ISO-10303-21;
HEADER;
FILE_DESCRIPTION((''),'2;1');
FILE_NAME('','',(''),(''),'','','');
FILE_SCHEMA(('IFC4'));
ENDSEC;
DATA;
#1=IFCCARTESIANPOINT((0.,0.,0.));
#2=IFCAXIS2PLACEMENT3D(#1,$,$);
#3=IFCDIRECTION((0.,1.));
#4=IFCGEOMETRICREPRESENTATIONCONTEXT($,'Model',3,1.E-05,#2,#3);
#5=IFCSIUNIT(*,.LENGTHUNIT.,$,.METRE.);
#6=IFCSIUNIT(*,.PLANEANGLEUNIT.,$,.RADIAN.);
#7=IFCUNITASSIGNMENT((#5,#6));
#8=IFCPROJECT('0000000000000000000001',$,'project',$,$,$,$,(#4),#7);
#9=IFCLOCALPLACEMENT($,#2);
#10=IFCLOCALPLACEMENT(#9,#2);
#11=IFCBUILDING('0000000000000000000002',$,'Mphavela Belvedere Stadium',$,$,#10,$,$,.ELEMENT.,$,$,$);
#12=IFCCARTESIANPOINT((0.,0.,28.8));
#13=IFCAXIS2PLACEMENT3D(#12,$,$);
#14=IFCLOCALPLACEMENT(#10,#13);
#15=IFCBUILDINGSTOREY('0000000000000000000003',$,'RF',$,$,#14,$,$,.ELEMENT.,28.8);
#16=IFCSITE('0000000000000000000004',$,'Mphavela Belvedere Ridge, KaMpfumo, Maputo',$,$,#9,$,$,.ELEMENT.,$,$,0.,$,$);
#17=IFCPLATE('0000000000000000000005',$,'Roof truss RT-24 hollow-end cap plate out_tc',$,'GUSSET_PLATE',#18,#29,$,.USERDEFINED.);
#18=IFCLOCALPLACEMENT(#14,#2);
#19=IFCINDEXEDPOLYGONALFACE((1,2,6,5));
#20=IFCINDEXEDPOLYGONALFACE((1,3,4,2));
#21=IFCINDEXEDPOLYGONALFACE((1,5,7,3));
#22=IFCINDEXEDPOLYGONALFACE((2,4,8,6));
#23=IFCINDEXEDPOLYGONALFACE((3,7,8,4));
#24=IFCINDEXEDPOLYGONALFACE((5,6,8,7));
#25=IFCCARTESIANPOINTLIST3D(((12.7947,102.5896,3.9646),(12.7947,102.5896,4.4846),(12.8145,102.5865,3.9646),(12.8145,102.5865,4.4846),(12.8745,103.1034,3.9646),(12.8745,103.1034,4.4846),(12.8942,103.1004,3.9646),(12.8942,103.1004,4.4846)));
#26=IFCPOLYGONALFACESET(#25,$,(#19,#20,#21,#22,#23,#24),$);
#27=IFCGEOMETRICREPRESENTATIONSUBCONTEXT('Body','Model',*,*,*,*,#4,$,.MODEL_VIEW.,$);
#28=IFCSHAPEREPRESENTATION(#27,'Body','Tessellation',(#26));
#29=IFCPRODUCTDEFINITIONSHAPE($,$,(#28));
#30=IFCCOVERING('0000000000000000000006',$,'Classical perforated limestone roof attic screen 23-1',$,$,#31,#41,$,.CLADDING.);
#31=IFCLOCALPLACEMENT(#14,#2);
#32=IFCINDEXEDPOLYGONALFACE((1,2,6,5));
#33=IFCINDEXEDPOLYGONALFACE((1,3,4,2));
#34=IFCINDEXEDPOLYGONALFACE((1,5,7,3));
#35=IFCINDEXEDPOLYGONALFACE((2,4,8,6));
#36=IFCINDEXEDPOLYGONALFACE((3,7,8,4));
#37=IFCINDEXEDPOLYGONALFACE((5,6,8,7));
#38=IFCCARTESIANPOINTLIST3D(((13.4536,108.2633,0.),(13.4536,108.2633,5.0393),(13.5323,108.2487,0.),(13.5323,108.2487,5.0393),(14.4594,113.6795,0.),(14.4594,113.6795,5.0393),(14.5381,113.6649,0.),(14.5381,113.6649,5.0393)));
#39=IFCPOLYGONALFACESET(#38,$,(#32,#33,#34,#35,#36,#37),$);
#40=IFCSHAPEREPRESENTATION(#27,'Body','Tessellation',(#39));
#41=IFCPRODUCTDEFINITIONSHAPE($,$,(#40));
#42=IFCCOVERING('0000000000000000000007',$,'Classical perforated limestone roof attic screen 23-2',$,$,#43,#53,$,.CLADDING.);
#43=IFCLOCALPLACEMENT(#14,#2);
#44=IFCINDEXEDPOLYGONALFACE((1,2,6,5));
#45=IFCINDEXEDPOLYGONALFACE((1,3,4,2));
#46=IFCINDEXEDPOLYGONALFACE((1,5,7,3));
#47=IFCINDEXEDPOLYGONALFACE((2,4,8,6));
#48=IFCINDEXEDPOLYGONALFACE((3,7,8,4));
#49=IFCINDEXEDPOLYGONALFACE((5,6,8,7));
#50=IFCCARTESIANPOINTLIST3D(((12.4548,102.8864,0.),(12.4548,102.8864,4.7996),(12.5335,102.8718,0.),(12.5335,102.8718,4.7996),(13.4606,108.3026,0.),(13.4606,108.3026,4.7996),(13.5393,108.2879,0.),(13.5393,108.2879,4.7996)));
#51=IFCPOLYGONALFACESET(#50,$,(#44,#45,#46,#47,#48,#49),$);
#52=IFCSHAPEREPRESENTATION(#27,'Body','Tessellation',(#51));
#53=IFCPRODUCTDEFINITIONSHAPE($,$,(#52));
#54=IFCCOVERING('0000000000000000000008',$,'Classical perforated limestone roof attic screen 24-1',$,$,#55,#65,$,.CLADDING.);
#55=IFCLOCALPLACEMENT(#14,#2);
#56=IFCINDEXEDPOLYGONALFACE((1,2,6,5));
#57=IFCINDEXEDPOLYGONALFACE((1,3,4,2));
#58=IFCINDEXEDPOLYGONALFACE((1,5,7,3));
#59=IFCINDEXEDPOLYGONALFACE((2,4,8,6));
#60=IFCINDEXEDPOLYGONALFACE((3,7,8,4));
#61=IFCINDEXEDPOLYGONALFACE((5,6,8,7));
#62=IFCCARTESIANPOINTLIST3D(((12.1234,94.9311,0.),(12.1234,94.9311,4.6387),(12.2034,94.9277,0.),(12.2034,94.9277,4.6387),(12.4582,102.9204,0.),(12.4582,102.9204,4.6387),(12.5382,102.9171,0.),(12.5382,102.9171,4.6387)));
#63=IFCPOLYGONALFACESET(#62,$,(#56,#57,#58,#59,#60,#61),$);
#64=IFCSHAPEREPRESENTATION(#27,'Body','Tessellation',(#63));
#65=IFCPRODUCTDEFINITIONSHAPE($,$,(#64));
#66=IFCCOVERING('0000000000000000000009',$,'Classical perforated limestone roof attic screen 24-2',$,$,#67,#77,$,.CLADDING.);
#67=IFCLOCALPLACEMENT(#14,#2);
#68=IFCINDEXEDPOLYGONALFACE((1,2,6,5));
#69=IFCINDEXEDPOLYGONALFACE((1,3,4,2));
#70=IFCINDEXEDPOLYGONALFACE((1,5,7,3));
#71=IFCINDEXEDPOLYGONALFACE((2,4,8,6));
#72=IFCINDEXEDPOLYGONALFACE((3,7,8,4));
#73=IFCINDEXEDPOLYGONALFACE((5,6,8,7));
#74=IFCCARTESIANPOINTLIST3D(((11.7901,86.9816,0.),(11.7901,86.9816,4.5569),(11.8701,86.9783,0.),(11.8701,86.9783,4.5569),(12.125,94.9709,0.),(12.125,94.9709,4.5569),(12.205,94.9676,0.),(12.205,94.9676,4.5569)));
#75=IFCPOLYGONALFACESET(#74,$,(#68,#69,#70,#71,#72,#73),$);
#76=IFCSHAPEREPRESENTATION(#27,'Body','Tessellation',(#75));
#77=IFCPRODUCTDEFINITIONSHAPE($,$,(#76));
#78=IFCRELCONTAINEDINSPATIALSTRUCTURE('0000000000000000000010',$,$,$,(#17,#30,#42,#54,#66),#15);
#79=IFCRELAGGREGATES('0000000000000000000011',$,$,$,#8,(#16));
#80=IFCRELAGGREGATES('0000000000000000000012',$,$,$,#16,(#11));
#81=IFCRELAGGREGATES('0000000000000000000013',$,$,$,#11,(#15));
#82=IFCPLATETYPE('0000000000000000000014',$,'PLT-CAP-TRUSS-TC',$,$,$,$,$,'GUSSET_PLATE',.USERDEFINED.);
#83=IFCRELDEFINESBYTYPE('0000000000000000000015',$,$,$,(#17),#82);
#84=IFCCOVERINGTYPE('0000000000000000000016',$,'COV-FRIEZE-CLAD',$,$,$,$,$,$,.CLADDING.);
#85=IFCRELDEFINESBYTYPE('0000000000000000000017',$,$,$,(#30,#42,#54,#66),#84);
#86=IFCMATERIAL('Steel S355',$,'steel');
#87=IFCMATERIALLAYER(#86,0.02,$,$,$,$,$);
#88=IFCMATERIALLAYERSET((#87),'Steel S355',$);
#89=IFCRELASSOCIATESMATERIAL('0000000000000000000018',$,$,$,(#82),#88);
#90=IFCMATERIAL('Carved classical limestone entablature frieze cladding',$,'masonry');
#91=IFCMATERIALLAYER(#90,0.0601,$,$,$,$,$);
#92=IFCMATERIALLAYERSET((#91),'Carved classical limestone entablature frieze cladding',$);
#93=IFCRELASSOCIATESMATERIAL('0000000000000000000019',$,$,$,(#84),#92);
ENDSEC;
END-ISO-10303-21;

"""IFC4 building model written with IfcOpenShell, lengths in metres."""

from ifc_helpers import new_model, si_unit, direction, frame, origin, origin_2d, place, context, subcontext, project, spatial, rectangle, extrude, material, layer, layer_set, type_object, element, save


model = new_model("IFC4")

# Units and contexts
model_context = context("Model", 3, precision=1e-05, world=origin(), true_north=direction((0.0, 1.0)))
body_context = subcontext(model_context, "Body", "Model", "MODEL_VIEW")
ifc_project = project(units=[si_unit("LENGTHUNIT", "METRE"), si_unit("PLANEANGLEUNIT", "RADIAN")], contexts=[model_context])

# Site, building, storey
site_placement = place(None, origin())
site = spatial("IfcSite", under=ifc_project, at=site_placement, Name="Mphavela Belvedere Ridge, KaMpfumo, Maputo", CompositionType="ELEMENT", RefElevation=0.0)
building_placement = place(site_placement, origin())
building = spatial("IfcBuilding", under=site, at=building_placement, Name="Mphavela Belvedere Stadium", CompositionType="ELEMENT")
storey_placement = place(building_placement, frame((0.0, 0.0, 28.8)))
storey = spatial("IfcBuildingStorey", under=building, at=storey_placement, Name="RF", CompositionType="ELEMENT", Elevation=28.8)

# Plate
ifc_material_1 = material(Name="Steel S355", Category="steel")
ifc_layer_1 = layer(ifc_material_1, 0.02)
ifc_layer_set_1 = layer_set([ifc_layer_1], Name="Steel S355")
plate_type_1 = type_object("IfcPlateType", Name="PLT-CAP-TRUSS-TC", ElementType="GUSSET_PLATE", PredefinedType="USERDEFINED", material=ifc_layer_set_1)
plate_1_placement = place(storey_placement, frame((12.8445, 102.845, 3.9646), z_axis=(0.0, 0.0, 1.0), x_axis=(-0.988175, 0.153331, 0.0)))
element("IfcPlate", 1, at=plate_1_placement, inside=storey, type_object=plate_type_1, Name="Roof truss RT-24 hollow-end cap plate out_tc", ObjectType="GUSSET_PLATE", PredefinedType="USERDEFINED", context=body_context, shape_type="SweptSolid", body=[
    extrude(rectangle(XDim=0.02, YDim=0.52, at=origin_2d()), origin(), (0.0, 0.0, 1.0), 0.52),
])

# Coverings
ifc_material_2 = material(Name="Carved classical limestone entablature frieze cladding", Category="masonry")
ifc_layer_2 = layer(ifc_material_2, 0.0601)
ifc_layer_set_2 = layer_set([ifc_layer_2], Name="Carved classical limestone entablature frieze cladding")
covering_type = type_object("IfcCoveringType", Name="COV-FRIEZE-CLAD", PredefinedType="CLADDING", material=ifc_layer_set_2)
covering_1_placement = place(storey_placement, frame((13.9958, 110.9641, 0.0), z_axis=(0.0, 0.0, 1.0), x_axis=(-0.182579, -0.983191, 0.0)))
element("IfcCovering", 2, at=covering_1_placement, inside=storey, type_object=covering_type, Name="Classical perforated limestone roof attic screen 23-1", PredefinedType="CLADDING", context=body_context, shape_type="SweptSolid", body=[
    extrude(rectangle(XDim=5.5088, YDim=0.0801, at=origin_2d()), origin(), (0.0, 0.0, 1.0), 5.0393),
])
covering_2_placement = place(storey_placement, frame((12.9971, 105.5872, 0.0), z_axis=(0.0, 0.0, 1.0), x_axis=(-0.182579, -0.983191, 0.0)))
element("IfcCovering", 3, at=covering_2_placement, inside=storey, type_object=covering_type, Name="Classical perforated limestone roof attic screen 23-2", PredefinedType="CLADDING", context=body_context, shape_type="SweptSolid", body=[
    extrude(rectangle(XDim=5.5088, YDim=0.0801, at=origin_2d()), origin(), (0.0, 0.0, 1.0), 4.7996),
])
covering_3_placement = place(storey_placement, frame((12.3308, 98.9241, 0.0), z_axis=(0.0, 0.0, 1.0), x_axis=(-0.041876, -0.999123, 0.0)))
element("IfcCovering", 4, at=covering_3_placement, inside=storey, type_object=covering_type, Name="Classical perforated limestone roof attic screen 24-1", PredefinedType="CLADDING", context=body_context, shape_type="SweptSolid", body=[
    extrude(rectangle(XDim=7.9963, YDim=0.0801, at=origin_2d()), origin(), (0.0, 0.0, 1.0), 4.6387),
])
covering_4_placement = place(storey_placement, frame((11.9976, 90.9746, 0.0), z_axis=(0.0, 0.0, 1.0), x_axis=(-0.041876, -0.999123, 0.0)))
element("IfcCovering", 5, at=covering_4_placement, inside=storey, type_object=covering_type, Name="Classical perforated limestone roof attic screen 24-2", PredefinedType="CLADDING", context=body_context, shape_type="SweptSolid", body=[
    extrude(rectangle(XDim=7.9963, YDim=0.0801, at=origin_2d()), origin(), (0.0, 0.0, 1.0), 4.5569),
])

save(model, "model.ifc")
